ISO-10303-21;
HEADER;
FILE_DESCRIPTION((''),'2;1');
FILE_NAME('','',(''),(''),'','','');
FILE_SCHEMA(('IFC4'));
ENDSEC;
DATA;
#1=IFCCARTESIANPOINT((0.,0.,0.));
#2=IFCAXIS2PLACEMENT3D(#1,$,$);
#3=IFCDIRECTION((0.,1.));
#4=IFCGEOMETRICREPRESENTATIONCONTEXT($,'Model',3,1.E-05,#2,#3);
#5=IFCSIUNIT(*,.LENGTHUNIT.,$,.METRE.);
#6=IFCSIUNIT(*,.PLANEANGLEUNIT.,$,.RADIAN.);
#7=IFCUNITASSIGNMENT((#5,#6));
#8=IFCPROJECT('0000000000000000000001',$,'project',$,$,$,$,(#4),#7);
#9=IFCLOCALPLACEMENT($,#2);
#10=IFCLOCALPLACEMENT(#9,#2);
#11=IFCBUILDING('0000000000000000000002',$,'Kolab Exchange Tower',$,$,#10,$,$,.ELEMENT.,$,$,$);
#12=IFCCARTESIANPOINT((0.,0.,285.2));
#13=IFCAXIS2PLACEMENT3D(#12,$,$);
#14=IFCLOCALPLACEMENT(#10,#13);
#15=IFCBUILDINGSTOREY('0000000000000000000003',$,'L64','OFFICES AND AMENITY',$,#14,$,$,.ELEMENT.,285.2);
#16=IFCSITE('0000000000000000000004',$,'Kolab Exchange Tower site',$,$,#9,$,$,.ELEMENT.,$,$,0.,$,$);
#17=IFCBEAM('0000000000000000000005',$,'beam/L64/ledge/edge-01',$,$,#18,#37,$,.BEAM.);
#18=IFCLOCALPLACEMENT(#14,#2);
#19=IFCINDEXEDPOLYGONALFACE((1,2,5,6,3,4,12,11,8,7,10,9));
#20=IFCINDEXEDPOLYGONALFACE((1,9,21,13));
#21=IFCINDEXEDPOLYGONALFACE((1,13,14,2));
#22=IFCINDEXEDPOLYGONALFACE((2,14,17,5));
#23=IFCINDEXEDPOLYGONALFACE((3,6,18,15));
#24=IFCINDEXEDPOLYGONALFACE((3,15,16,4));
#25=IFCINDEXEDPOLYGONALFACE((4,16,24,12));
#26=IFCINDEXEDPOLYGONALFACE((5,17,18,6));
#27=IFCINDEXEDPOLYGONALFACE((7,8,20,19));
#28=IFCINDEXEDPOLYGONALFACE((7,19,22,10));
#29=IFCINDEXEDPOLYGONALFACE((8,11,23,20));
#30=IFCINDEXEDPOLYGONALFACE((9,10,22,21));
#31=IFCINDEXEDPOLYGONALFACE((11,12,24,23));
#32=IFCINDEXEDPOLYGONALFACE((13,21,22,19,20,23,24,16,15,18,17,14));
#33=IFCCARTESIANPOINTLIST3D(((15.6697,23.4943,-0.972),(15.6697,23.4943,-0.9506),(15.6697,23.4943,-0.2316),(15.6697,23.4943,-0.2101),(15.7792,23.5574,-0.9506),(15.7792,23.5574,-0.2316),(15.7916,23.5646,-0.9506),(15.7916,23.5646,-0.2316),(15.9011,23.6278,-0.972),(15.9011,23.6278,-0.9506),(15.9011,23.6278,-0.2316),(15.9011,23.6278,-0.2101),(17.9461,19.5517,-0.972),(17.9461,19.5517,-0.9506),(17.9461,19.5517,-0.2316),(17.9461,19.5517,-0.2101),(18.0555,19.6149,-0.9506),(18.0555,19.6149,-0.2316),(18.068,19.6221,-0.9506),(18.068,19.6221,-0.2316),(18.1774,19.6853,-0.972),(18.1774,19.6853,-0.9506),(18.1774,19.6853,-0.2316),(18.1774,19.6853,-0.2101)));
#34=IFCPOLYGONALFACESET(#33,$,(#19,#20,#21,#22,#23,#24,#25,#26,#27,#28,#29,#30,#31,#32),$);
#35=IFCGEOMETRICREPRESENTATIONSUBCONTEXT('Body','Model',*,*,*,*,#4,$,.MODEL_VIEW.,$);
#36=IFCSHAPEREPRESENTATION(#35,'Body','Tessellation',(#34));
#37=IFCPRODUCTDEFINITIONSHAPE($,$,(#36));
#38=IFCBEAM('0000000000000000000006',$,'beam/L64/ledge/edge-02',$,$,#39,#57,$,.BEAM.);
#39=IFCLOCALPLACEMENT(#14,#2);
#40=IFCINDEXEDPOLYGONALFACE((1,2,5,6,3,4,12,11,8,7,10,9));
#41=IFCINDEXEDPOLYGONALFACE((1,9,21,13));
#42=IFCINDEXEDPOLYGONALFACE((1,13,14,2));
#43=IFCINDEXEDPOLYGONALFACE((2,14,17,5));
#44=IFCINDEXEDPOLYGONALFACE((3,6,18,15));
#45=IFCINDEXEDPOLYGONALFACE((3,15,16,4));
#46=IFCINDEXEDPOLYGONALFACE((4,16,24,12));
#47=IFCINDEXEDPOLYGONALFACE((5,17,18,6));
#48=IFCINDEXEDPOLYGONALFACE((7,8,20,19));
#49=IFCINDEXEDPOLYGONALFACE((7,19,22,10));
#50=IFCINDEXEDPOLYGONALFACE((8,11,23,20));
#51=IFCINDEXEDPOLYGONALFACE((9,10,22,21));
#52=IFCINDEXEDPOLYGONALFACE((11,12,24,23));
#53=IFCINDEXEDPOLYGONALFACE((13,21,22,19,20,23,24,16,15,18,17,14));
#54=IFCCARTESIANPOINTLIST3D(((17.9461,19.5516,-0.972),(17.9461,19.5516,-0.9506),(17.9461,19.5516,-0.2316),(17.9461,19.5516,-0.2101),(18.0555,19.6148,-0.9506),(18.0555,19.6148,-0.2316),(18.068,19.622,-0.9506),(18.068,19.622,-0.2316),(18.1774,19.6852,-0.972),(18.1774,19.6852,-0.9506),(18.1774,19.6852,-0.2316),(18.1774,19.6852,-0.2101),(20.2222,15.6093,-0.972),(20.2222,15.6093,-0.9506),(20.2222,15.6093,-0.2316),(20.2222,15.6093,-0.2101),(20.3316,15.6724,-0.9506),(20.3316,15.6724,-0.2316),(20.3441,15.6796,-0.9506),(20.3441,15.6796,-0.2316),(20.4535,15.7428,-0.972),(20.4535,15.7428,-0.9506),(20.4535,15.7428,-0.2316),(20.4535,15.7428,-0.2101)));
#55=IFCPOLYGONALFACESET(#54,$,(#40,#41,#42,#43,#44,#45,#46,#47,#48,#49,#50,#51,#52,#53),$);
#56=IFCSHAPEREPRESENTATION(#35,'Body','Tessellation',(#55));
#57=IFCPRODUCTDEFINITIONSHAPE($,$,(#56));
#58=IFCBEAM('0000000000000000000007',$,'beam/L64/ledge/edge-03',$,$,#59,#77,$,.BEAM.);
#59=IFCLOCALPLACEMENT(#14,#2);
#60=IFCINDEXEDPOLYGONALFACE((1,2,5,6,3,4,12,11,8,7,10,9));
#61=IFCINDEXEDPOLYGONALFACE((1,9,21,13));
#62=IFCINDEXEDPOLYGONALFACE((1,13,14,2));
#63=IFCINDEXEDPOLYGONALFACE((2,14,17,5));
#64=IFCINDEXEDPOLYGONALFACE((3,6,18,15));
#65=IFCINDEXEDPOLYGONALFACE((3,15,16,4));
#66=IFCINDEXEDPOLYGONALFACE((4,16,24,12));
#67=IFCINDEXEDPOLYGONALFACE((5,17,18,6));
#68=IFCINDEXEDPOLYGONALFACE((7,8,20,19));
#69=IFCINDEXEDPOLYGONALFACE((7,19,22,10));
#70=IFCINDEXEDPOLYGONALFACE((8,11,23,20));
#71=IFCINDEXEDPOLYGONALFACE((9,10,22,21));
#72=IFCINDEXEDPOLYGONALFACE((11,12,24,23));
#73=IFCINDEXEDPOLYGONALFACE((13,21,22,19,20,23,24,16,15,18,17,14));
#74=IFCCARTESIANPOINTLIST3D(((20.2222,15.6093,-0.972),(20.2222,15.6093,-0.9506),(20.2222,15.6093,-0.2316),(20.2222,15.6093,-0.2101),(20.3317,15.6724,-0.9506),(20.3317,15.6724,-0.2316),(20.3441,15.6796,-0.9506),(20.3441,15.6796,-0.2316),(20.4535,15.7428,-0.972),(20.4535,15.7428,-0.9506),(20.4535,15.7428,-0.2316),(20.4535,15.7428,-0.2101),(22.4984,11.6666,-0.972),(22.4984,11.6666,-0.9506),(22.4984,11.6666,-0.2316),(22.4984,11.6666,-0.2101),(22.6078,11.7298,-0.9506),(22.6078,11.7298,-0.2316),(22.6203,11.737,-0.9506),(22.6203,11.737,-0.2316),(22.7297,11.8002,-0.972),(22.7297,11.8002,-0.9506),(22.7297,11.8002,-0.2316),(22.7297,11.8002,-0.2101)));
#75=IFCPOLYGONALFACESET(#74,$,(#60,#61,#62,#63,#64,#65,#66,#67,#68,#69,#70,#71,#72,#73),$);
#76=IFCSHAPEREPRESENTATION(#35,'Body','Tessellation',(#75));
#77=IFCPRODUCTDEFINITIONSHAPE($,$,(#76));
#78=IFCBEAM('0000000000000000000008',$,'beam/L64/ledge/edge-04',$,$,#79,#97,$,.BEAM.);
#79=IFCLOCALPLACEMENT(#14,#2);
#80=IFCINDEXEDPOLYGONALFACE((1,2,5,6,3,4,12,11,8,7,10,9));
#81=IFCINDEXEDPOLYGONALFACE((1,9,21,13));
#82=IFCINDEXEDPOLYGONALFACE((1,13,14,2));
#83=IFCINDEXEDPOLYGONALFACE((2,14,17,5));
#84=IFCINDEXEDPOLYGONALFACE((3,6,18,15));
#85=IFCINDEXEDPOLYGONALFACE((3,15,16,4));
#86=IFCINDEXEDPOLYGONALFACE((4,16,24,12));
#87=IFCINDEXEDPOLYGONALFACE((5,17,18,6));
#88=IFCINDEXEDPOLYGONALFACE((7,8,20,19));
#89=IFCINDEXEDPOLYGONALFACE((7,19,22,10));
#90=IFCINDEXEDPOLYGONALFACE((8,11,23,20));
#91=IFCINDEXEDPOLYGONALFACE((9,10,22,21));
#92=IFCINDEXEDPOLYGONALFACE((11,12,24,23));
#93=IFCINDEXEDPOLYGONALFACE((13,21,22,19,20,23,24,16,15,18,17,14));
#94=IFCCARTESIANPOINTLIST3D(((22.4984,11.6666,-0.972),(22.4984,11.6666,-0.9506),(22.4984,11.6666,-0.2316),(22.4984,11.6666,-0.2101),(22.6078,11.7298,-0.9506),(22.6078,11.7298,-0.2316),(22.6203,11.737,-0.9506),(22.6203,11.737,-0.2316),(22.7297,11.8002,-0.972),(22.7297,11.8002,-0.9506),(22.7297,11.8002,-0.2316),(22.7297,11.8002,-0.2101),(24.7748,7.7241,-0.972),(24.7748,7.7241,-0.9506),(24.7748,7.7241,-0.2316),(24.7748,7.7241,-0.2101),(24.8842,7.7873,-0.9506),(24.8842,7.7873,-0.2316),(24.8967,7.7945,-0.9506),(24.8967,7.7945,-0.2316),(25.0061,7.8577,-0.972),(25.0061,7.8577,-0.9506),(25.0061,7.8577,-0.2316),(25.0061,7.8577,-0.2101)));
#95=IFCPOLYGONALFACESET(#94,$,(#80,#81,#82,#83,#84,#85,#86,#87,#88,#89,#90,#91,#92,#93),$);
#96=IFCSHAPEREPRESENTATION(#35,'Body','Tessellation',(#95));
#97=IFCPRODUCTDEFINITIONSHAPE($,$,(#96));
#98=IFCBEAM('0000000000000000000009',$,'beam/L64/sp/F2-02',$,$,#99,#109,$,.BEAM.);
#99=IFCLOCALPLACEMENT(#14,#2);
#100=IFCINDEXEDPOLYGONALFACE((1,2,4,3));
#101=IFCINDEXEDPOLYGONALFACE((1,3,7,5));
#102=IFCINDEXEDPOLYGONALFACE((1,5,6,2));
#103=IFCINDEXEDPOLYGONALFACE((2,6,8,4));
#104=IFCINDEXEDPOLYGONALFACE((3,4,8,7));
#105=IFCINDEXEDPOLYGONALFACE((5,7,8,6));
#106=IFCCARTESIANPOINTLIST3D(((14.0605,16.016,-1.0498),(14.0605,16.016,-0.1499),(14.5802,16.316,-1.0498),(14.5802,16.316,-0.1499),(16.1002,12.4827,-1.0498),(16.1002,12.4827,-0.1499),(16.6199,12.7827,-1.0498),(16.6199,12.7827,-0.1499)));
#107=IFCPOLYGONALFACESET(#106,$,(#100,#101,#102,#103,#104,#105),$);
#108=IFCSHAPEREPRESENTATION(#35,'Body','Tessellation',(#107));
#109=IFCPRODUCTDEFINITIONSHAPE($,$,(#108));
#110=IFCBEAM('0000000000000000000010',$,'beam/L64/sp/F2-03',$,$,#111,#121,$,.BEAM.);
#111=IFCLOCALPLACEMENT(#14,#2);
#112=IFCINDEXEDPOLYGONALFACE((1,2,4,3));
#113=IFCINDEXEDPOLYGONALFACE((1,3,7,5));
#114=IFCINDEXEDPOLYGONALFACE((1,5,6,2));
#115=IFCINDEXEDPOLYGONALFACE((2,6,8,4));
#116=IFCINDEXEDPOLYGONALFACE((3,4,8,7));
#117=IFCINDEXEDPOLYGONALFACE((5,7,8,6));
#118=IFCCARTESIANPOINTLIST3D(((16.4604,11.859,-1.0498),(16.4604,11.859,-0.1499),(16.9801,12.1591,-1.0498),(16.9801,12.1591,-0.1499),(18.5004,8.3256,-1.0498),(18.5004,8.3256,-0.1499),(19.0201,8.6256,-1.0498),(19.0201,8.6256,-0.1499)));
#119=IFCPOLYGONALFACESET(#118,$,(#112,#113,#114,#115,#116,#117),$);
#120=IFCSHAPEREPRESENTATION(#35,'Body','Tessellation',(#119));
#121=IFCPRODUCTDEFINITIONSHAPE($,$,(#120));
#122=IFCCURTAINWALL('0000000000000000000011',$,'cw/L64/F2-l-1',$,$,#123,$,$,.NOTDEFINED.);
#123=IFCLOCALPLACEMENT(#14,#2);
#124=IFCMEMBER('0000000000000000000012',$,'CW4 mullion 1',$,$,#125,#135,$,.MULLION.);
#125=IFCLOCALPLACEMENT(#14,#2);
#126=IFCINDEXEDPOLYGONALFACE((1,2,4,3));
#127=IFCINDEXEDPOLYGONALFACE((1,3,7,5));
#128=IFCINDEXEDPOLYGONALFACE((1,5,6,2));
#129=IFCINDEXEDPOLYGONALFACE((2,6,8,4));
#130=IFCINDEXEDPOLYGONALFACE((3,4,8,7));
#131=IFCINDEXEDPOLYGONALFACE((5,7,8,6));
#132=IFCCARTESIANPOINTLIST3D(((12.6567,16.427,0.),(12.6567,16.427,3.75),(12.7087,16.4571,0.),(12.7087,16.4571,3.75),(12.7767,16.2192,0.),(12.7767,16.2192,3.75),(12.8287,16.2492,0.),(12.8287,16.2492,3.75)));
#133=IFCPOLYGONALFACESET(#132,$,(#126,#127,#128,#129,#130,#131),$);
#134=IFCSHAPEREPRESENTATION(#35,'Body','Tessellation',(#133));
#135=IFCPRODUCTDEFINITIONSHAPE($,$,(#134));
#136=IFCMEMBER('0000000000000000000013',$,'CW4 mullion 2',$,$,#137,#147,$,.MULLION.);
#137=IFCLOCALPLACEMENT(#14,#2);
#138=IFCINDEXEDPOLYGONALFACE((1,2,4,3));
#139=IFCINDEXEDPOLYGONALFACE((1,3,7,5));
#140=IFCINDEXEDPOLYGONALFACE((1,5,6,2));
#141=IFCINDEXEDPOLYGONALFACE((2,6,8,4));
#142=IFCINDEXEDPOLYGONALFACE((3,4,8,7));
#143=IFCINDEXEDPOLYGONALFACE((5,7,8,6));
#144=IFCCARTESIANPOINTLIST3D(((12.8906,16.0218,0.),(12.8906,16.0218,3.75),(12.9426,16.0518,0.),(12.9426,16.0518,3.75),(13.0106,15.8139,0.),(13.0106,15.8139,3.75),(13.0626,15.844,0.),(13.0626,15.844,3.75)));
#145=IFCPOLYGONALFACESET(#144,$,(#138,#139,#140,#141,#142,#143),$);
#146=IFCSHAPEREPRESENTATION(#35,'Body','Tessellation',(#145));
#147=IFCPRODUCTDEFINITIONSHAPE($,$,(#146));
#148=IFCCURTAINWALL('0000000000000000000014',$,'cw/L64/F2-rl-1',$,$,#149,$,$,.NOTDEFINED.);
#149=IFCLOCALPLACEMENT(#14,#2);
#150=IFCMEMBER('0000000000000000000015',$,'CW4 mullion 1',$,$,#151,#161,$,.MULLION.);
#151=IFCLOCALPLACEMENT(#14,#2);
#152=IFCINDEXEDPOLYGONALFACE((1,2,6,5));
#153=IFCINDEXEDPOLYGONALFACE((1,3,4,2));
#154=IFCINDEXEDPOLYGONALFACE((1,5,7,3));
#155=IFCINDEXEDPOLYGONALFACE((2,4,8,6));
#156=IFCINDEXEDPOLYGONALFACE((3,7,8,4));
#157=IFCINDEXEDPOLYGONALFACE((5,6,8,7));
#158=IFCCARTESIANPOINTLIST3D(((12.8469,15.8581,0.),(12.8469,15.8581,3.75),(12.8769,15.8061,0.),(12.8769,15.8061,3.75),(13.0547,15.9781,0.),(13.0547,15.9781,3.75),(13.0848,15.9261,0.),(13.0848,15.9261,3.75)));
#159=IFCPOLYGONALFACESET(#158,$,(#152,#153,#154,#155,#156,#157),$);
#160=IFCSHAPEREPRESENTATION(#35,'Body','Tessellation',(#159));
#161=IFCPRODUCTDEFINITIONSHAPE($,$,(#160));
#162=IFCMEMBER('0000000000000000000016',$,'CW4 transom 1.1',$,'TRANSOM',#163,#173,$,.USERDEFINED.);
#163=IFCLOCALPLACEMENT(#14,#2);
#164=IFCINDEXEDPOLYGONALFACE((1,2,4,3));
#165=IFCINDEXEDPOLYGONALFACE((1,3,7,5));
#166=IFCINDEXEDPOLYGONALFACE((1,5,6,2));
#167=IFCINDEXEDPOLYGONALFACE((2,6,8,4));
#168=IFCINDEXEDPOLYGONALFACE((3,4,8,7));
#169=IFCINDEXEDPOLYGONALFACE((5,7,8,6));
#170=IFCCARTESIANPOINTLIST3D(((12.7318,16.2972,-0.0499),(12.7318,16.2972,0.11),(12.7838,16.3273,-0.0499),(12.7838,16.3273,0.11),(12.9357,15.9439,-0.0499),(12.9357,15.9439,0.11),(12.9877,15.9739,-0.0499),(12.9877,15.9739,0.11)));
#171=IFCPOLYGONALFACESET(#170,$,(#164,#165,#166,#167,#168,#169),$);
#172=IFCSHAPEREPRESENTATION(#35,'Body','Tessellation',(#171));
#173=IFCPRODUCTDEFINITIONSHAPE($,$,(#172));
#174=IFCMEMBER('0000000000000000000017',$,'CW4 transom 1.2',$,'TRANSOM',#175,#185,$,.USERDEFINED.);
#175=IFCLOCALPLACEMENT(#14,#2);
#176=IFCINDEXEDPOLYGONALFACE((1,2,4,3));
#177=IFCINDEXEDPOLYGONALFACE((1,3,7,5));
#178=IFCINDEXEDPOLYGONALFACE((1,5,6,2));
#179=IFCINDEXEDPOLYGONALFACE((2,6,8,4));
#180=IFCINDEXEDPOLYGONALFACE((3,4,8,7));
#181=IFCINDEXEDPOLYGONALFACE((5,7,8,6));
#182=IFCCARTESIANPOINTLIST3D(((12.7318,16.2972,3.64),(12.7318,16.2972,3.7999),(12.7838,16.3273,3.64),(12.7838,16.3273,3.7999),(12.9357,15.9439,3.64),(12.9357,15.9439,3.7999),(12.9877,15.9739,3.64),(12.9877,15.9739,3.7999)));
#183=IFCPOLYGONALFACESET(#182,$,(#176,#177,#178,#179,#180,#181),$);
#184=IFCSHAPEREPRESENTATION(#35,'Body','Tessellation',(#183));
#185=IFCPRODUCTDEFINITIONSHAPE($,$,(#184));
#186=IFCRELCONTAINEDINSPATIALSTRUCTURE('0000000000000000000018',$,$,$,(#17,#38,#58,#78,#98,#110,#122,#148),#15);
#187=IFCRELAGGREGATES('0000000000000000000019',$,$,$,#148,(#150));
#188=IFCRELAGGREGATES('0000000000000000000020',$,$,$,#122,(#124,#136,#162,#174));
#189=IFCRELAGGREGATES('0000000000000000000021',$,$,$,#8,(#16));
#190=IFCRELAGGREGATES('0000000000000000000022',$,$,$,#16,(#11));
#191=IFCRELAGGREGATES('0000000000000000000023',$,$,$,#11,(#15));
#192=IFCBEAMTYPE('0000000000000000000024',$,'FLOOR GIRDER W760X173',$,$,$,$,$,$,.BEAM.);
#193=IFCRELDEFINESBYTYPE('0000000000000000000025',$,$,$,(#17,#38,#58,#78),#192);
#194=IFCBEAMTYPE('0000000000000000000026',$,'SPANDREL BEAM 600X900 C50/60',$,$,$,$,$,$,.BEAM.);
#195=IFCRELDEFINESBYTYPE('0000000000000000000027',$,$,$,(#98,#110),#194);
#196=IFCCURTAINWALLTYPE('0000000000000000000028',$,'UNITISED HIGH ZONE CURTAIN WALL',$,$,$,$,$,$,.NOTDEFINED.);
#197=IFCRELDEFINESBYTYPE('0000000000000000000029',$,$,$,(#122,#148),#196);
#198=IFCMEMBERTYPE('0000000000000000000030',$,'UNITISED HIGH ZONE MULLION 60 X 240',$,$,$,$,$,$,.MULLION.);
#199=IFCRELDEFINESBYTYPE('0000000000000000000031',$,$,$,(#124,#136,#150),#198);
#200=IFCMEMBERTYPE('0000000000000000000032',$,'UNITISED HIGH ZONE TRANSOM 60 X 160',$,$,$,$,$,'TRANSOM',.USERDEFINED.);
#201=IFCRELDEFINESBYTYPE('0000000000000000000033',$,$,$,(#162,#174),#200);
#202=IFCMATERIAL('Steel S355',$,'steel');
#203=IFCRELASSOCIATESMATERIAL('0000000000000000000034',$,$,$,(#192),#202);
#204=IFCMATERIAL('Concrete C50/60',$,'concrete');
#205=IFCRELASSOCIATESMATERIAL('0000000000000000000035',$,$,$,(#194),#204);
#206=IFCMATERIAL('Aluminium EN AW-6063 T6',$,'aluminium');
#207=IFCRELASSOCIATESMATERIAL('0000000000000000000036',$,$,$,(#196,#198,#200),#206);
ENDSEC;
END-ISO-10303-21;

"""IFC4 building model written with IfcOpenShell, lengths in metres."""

from ifc_helpers import new_model, si_unit, direction, frame, origin, origin_2d, place, context, subcontext, project, spatial, rectangle, i_section, extrude, material, material_profile, profile_set, type_object, element, aggregate, save


model = new_model("IFC4")

# Units and contexts
model_context = context("Model", 3, precision=1e-05, world=origin(), true_north=direction((0.0, 1.0)))
body_context = subcontext(model_context, "Body", "Model", "MODEL_VIEW")
ifc_project = project(units=[si_unit("LENGTHUNIT", "METRE"), si_unit("PLANEANGLEUNIT", "RADIAN")], contexts=[model_context])

# Site, building, storey
site_placement = place(None, origin())
site = spatial("IfcSite", under=ifc_project, at=site_placement, Name="Kolab Exchange Tower site", CompositionType="ELEMENT", RefElevation=0.0)
building_placement = place(site_placement, origin())
building = spatial("IfcBuilding", under=site, at=building_placement, Name="Kolab Exchange Tower", CompositionType="ELEMENT")
storey_placement = place(building_placement, frame((0.0, 0.0, 285.2)))
storey = spatial("IfcBuildingStorey", under=building, at=storey_placement, Name="L64", Description="OFFICES AND AMENITY", CompositionType="ELEMENT", Elevation=285.2)

# Shared definitions
ifc_material_1 = material(Name="Concrete C50/60", Category="concrete")

# Beams
ifc_material_2 = material(Name="Steel S355", Category="steel")
ifc_material_profile_1 = material_profile(ifc_material_2, i_section(OverallWidth=0.2671, OverallDepth=0.762, WebThickness=0.0144, FlangeThickness=0.0215, at=origin_2d()), Name="W760X173")
ifc_profile_set_1 = profile_set([ifc_material_profile_1], Name="Steel S355")
beam_type_1 = type_object("IfcBeamType", Name="FLOOR GIRDER W760X173", PredefinedType="BEAM", material=ifc_profile_set_1)
beam_1_placement = place(storey_placement, frame((15.7854, 23.561, -0.5911), z_axis=(0.500015, -0.866017, 0.0), x_axis=(0.866017, 0.500015, 0.0)))
element("IfcBeam", 1, at=beam_1_placement, inside=storey, type_object=beam_type_1, Name="beam/L64/ledge/edge-01", PredefinedType="BEAM", context=body_context, shape_type="SweptSolid", body=[
    extrude(i_section(OverallWidth=0.2671, OverallDepth=0.762, WebThickness=0.0144, FlangeThickness=0.0215, at=origin_2d()), origin(), (0.0, 0.0, 1.0), 4.5525),
])
beam_2_placement = place(storey_placement, frame((18.0618, 19.6184, -0.5911), z_axis=(0.499998, -0.866027, 0.0), x_axis=(0.866027, 0.499998, 0.0)))
element("IfcBeam", 2, at=beam_2_placement, inside=storey, type_object=beam_type_1, Name="beam/L64/ledge/edge-02", PredefinedType="BEAM", context=body_context, shape_type="SweptSolid", body=[
    extrude(i_section(OverallWidth=0.2671, OverallDepth=0.762, WebThickness=0.0144, FlangeThickness=0.0215, at=origin_2d()), origin(), (0.0, 0.0, 1.0), 4.5522),
])
for number, where, z_axis, x_axis, name in (
    (3, (20.3379, 15.676, -0.5911), (0.499975, -0.86604, 0.0), (0.86604, 0.499975, 0.0), "beam/L64/ledge/edge-03"),
    (4, (22.614, 11.7334, -0.5911), (0.500038, -0.866003, 0.0), (0.866003, 0.500038, 0.0), "beam/L64/ledge/edge-04"),
):
    element("IfcBeam", number, at=place(storey_placement, frame(where, z_axis=z_axis, x_axis=x_axis)), inside=storey, type_object=beam_type_1, Name=name, PredefinedType="BEAM", context=body_context, shape_type="SweptSolid", body=[
        extrude(i_section(OverallWidth=0.2671, OverallDepth=0.762, WebThickness=0.0144, FlangeThickness=0.0215, at=origin_2d()), origin(), (0.0, 0.0, 1.0), 4.5525),
    ])
ifc_material_profile_2 = material_profile(ifc_material_1, rectangle(XDim=0.6001, YDim=0.8999, at=origin_2d()), Name="RC600X900")
ifc_profile_set_2 = profile_set([ifc_material_profile_2], Name="Concrete C50/60")
beam_type_2 = type_object("IfcBeamType", Name="SPANDREL BEAM 600X900 C50/60", PredefinedType="BEAM", material=ifc_profile_set_2)
beam_3_placement = place(storey_placement, frame((14.3203, 16.166, -0.5999), z_axis=(0.499956, -0.866051, 0.0), x_axis=(0.866051, 0.499956, 0.0)))
element("IfcBeam", 5, at=beam_3_placement, inside=storey, type_object=beam_type_2, Name="beam/L64/sp/F2-02", PredefinedType="BEAM", context=body_context, shape_type="SweptSolid", body=[
    extrude(rectangle(XDim=0.6001, YDim=0.8999, at=origin_2d()), origin(), (0.0, 0.0, 1.0), 4.0798),
])
beam_4_placement = place(storey_placement, frame((16.7202, 12.009, -0.5999), z_axis=(0.5, -0.866025, 0.0), x_axis=(0.866025, 0.5, 0.0)))
element("IfcBeam", 6, at=beam_4_placement, inside=storey, type_object=beam_type_2, Name="beam/L64/sp/F2-03", PredefinedType="BEAM", context=body_context, shape_type="SweptSolid", body=[
    extrude(rectangle(XDim=0.6001, YDim=0.8999, at=origin_2d()), origin(), (0.0, 0.0, 1.0), 4.0801),
])

# Curtain wall, members
ifc_material_3 = material(Name="Aluminium EN AW-6063 T6", Category="aluminium")
curtain_wall_type = type_object("IfcCurtainWallType", Name="UNITISED HIGH ZONE CURTAIN WALL", PredefinedType="NOTDEFINED", material=ifc_material_3)
curtain_wall_1_placement = place(storey_placement, origin())
curtain_wall_1 = element("IfcCurtainWall", 7, at=curtain_wall_1_placement, inside=storey, type_object=curtain_wall_type, Name="cw/L64/F2-l-1", PredefinedType="NOTDEFINED")
ifc_material_profile_3 = material_profile(ifc_material_3, rectangle(XDim=0.0601, YDim=0.24, at=origin_2d()), Name="RECT 60X240")
ifc_profile_set_3 = profile_set([ifc_material_profile_3], Name="Aluminium EN AW-6063 T6")
member_type_1 = type_object("IfcMemberType", Name="UNITISED HIGH ZONE MULLION 60 X 240", PredefinedType="MULLION", material=ifc_profile_set_3)
member_1_placement = place(storey_placement, frame((12.7427, 16.3381, 0.0), z_axis=(0.0, 0.0, 1.0), x_axis=(0.866025, 0.5, 0.0)))
member_1 = element("IfcMember", 8, at=member_1_placement, type_object=member_type_1, Name="CW4 mullion 1", PredefinedType="MULLION", context=body_context, shape_type="SweptSolid", body=[
    extrude(rectangle(XDim=0.0601, YDim=0.24, at=origin_2d()), origin(), (0.0, 0.0, 1.0), 3.75),
])
member_2_placement = place(storey_placement, frame((12.9766, 15.9329, 0.0), z_axis=(0.0, 0.0, 1.0), x_axis=(0.866025, 0.5, 0.0)))
member_2 = element("IfcMember", 9, at=member_2_placement, type_object=member_type_1, Name="CW4 mullion 2", PredefinedType="MULLION", context=body_context, shape_type="SweptSolid", body=[
    extrude(rectangle(XDim=0.0601, YDim=0.24, at=origin_2d()), origin(), (0.0, 0.0, 1.0), 3.75),
])

# Curtain wall, member
curtain_wall_2_placement = place(storey_placement, origin())
curtain_wall_2 = element("IfcCurtainWall", 10, at=curtain_wall_2_placement, inside=storey, type_object=curtain_wall_type, Name="cw/L64/F2-rl-1", PredefinedType="NOTDEFINED")
member_3_placement = place(storey_placement, frame((12.9658, 15.8921, 0.0), z_axis=(0.0, 0.0, 1.0), x_axis=(0.5, -0.866025, 0.0)))
member_3 = element("IfcMember", 11, at=member_3_placement, type_object=member_type_1, Name="CW4 mullion 1", PredefinedType="MULLION", context=body_context, shape_type="SweptSolid", body=[
    extrude(rectangle(XDim=0.0601, YDim=0.24, at=origin_2d()), origin(), (0.0, 0.0, 1.0), 3.75),
])

# Members
ifc_material_profile_4 = material_profile(ifc_material_3, rectangle(XDim=0.0601, YDim=0.1599, at=origin_2d()), Name="RECT 60X160")
ifc_profile_set_4 = profile_set([ifc_material_profile_4], Name="Aluminium EN AW-6063 T6")
member_type_2 = type_object("IfcMemberType", Name="UNITISED HIGH ZONE TRANSOM 60 X 160", ElementType="TRANSOM", PredefinedType="USERDEFINED", material=ifc_profile_set_4)
member_4_placement = place(storey_placement, frame((12.7578, 16.3123, 0.03), z_axis=(0.499809, -0.866136, 0.0), x_axis=(0.866136, 0.499809, 0.0)))
member_4 = element("IfcMember", 12, at=member_4_placement, type_object=member_type_2, Name="CW4 transom 1.1", ObjectType="TRANSOM", PredefinedType="USERDEFINED", context=body_context, shape_type="SweptSolid", body=[
    extrude(rectangle(XDim=0.0601, YDim=0.1599, at=origin_2d()), origin(), (0.0, 0.0, 1.0), 0.408),
])
member_5_placement = place(storey_placement, frame((12.7578, 16.3123, 3.72), z_axis=(0.499809, -0.866136, 0.0), x_axis=(0.866136, 0.499809, 0.0)))
member_5 = element("IfcMember", 13, at=member_5_placement, type_object=member_type_2, Name="CW4 transom 1.2", ObjectType="TRANSOM", PredefinedType="USERDEFINED", context=body_context, shape_type="SweptSolid", body=[
    extrude(rectangle(XDim=0.0601, YDim=0.1599, at=origin_2d()), origin(), (0.0, 0.0, 1.0), 0.408),
])
aggregate(curtain_wall_2, [member_3])

aggregate(curtain_wall_1, [member_1, member_2, member_4, member_5])

save(model, "model.ifc")
